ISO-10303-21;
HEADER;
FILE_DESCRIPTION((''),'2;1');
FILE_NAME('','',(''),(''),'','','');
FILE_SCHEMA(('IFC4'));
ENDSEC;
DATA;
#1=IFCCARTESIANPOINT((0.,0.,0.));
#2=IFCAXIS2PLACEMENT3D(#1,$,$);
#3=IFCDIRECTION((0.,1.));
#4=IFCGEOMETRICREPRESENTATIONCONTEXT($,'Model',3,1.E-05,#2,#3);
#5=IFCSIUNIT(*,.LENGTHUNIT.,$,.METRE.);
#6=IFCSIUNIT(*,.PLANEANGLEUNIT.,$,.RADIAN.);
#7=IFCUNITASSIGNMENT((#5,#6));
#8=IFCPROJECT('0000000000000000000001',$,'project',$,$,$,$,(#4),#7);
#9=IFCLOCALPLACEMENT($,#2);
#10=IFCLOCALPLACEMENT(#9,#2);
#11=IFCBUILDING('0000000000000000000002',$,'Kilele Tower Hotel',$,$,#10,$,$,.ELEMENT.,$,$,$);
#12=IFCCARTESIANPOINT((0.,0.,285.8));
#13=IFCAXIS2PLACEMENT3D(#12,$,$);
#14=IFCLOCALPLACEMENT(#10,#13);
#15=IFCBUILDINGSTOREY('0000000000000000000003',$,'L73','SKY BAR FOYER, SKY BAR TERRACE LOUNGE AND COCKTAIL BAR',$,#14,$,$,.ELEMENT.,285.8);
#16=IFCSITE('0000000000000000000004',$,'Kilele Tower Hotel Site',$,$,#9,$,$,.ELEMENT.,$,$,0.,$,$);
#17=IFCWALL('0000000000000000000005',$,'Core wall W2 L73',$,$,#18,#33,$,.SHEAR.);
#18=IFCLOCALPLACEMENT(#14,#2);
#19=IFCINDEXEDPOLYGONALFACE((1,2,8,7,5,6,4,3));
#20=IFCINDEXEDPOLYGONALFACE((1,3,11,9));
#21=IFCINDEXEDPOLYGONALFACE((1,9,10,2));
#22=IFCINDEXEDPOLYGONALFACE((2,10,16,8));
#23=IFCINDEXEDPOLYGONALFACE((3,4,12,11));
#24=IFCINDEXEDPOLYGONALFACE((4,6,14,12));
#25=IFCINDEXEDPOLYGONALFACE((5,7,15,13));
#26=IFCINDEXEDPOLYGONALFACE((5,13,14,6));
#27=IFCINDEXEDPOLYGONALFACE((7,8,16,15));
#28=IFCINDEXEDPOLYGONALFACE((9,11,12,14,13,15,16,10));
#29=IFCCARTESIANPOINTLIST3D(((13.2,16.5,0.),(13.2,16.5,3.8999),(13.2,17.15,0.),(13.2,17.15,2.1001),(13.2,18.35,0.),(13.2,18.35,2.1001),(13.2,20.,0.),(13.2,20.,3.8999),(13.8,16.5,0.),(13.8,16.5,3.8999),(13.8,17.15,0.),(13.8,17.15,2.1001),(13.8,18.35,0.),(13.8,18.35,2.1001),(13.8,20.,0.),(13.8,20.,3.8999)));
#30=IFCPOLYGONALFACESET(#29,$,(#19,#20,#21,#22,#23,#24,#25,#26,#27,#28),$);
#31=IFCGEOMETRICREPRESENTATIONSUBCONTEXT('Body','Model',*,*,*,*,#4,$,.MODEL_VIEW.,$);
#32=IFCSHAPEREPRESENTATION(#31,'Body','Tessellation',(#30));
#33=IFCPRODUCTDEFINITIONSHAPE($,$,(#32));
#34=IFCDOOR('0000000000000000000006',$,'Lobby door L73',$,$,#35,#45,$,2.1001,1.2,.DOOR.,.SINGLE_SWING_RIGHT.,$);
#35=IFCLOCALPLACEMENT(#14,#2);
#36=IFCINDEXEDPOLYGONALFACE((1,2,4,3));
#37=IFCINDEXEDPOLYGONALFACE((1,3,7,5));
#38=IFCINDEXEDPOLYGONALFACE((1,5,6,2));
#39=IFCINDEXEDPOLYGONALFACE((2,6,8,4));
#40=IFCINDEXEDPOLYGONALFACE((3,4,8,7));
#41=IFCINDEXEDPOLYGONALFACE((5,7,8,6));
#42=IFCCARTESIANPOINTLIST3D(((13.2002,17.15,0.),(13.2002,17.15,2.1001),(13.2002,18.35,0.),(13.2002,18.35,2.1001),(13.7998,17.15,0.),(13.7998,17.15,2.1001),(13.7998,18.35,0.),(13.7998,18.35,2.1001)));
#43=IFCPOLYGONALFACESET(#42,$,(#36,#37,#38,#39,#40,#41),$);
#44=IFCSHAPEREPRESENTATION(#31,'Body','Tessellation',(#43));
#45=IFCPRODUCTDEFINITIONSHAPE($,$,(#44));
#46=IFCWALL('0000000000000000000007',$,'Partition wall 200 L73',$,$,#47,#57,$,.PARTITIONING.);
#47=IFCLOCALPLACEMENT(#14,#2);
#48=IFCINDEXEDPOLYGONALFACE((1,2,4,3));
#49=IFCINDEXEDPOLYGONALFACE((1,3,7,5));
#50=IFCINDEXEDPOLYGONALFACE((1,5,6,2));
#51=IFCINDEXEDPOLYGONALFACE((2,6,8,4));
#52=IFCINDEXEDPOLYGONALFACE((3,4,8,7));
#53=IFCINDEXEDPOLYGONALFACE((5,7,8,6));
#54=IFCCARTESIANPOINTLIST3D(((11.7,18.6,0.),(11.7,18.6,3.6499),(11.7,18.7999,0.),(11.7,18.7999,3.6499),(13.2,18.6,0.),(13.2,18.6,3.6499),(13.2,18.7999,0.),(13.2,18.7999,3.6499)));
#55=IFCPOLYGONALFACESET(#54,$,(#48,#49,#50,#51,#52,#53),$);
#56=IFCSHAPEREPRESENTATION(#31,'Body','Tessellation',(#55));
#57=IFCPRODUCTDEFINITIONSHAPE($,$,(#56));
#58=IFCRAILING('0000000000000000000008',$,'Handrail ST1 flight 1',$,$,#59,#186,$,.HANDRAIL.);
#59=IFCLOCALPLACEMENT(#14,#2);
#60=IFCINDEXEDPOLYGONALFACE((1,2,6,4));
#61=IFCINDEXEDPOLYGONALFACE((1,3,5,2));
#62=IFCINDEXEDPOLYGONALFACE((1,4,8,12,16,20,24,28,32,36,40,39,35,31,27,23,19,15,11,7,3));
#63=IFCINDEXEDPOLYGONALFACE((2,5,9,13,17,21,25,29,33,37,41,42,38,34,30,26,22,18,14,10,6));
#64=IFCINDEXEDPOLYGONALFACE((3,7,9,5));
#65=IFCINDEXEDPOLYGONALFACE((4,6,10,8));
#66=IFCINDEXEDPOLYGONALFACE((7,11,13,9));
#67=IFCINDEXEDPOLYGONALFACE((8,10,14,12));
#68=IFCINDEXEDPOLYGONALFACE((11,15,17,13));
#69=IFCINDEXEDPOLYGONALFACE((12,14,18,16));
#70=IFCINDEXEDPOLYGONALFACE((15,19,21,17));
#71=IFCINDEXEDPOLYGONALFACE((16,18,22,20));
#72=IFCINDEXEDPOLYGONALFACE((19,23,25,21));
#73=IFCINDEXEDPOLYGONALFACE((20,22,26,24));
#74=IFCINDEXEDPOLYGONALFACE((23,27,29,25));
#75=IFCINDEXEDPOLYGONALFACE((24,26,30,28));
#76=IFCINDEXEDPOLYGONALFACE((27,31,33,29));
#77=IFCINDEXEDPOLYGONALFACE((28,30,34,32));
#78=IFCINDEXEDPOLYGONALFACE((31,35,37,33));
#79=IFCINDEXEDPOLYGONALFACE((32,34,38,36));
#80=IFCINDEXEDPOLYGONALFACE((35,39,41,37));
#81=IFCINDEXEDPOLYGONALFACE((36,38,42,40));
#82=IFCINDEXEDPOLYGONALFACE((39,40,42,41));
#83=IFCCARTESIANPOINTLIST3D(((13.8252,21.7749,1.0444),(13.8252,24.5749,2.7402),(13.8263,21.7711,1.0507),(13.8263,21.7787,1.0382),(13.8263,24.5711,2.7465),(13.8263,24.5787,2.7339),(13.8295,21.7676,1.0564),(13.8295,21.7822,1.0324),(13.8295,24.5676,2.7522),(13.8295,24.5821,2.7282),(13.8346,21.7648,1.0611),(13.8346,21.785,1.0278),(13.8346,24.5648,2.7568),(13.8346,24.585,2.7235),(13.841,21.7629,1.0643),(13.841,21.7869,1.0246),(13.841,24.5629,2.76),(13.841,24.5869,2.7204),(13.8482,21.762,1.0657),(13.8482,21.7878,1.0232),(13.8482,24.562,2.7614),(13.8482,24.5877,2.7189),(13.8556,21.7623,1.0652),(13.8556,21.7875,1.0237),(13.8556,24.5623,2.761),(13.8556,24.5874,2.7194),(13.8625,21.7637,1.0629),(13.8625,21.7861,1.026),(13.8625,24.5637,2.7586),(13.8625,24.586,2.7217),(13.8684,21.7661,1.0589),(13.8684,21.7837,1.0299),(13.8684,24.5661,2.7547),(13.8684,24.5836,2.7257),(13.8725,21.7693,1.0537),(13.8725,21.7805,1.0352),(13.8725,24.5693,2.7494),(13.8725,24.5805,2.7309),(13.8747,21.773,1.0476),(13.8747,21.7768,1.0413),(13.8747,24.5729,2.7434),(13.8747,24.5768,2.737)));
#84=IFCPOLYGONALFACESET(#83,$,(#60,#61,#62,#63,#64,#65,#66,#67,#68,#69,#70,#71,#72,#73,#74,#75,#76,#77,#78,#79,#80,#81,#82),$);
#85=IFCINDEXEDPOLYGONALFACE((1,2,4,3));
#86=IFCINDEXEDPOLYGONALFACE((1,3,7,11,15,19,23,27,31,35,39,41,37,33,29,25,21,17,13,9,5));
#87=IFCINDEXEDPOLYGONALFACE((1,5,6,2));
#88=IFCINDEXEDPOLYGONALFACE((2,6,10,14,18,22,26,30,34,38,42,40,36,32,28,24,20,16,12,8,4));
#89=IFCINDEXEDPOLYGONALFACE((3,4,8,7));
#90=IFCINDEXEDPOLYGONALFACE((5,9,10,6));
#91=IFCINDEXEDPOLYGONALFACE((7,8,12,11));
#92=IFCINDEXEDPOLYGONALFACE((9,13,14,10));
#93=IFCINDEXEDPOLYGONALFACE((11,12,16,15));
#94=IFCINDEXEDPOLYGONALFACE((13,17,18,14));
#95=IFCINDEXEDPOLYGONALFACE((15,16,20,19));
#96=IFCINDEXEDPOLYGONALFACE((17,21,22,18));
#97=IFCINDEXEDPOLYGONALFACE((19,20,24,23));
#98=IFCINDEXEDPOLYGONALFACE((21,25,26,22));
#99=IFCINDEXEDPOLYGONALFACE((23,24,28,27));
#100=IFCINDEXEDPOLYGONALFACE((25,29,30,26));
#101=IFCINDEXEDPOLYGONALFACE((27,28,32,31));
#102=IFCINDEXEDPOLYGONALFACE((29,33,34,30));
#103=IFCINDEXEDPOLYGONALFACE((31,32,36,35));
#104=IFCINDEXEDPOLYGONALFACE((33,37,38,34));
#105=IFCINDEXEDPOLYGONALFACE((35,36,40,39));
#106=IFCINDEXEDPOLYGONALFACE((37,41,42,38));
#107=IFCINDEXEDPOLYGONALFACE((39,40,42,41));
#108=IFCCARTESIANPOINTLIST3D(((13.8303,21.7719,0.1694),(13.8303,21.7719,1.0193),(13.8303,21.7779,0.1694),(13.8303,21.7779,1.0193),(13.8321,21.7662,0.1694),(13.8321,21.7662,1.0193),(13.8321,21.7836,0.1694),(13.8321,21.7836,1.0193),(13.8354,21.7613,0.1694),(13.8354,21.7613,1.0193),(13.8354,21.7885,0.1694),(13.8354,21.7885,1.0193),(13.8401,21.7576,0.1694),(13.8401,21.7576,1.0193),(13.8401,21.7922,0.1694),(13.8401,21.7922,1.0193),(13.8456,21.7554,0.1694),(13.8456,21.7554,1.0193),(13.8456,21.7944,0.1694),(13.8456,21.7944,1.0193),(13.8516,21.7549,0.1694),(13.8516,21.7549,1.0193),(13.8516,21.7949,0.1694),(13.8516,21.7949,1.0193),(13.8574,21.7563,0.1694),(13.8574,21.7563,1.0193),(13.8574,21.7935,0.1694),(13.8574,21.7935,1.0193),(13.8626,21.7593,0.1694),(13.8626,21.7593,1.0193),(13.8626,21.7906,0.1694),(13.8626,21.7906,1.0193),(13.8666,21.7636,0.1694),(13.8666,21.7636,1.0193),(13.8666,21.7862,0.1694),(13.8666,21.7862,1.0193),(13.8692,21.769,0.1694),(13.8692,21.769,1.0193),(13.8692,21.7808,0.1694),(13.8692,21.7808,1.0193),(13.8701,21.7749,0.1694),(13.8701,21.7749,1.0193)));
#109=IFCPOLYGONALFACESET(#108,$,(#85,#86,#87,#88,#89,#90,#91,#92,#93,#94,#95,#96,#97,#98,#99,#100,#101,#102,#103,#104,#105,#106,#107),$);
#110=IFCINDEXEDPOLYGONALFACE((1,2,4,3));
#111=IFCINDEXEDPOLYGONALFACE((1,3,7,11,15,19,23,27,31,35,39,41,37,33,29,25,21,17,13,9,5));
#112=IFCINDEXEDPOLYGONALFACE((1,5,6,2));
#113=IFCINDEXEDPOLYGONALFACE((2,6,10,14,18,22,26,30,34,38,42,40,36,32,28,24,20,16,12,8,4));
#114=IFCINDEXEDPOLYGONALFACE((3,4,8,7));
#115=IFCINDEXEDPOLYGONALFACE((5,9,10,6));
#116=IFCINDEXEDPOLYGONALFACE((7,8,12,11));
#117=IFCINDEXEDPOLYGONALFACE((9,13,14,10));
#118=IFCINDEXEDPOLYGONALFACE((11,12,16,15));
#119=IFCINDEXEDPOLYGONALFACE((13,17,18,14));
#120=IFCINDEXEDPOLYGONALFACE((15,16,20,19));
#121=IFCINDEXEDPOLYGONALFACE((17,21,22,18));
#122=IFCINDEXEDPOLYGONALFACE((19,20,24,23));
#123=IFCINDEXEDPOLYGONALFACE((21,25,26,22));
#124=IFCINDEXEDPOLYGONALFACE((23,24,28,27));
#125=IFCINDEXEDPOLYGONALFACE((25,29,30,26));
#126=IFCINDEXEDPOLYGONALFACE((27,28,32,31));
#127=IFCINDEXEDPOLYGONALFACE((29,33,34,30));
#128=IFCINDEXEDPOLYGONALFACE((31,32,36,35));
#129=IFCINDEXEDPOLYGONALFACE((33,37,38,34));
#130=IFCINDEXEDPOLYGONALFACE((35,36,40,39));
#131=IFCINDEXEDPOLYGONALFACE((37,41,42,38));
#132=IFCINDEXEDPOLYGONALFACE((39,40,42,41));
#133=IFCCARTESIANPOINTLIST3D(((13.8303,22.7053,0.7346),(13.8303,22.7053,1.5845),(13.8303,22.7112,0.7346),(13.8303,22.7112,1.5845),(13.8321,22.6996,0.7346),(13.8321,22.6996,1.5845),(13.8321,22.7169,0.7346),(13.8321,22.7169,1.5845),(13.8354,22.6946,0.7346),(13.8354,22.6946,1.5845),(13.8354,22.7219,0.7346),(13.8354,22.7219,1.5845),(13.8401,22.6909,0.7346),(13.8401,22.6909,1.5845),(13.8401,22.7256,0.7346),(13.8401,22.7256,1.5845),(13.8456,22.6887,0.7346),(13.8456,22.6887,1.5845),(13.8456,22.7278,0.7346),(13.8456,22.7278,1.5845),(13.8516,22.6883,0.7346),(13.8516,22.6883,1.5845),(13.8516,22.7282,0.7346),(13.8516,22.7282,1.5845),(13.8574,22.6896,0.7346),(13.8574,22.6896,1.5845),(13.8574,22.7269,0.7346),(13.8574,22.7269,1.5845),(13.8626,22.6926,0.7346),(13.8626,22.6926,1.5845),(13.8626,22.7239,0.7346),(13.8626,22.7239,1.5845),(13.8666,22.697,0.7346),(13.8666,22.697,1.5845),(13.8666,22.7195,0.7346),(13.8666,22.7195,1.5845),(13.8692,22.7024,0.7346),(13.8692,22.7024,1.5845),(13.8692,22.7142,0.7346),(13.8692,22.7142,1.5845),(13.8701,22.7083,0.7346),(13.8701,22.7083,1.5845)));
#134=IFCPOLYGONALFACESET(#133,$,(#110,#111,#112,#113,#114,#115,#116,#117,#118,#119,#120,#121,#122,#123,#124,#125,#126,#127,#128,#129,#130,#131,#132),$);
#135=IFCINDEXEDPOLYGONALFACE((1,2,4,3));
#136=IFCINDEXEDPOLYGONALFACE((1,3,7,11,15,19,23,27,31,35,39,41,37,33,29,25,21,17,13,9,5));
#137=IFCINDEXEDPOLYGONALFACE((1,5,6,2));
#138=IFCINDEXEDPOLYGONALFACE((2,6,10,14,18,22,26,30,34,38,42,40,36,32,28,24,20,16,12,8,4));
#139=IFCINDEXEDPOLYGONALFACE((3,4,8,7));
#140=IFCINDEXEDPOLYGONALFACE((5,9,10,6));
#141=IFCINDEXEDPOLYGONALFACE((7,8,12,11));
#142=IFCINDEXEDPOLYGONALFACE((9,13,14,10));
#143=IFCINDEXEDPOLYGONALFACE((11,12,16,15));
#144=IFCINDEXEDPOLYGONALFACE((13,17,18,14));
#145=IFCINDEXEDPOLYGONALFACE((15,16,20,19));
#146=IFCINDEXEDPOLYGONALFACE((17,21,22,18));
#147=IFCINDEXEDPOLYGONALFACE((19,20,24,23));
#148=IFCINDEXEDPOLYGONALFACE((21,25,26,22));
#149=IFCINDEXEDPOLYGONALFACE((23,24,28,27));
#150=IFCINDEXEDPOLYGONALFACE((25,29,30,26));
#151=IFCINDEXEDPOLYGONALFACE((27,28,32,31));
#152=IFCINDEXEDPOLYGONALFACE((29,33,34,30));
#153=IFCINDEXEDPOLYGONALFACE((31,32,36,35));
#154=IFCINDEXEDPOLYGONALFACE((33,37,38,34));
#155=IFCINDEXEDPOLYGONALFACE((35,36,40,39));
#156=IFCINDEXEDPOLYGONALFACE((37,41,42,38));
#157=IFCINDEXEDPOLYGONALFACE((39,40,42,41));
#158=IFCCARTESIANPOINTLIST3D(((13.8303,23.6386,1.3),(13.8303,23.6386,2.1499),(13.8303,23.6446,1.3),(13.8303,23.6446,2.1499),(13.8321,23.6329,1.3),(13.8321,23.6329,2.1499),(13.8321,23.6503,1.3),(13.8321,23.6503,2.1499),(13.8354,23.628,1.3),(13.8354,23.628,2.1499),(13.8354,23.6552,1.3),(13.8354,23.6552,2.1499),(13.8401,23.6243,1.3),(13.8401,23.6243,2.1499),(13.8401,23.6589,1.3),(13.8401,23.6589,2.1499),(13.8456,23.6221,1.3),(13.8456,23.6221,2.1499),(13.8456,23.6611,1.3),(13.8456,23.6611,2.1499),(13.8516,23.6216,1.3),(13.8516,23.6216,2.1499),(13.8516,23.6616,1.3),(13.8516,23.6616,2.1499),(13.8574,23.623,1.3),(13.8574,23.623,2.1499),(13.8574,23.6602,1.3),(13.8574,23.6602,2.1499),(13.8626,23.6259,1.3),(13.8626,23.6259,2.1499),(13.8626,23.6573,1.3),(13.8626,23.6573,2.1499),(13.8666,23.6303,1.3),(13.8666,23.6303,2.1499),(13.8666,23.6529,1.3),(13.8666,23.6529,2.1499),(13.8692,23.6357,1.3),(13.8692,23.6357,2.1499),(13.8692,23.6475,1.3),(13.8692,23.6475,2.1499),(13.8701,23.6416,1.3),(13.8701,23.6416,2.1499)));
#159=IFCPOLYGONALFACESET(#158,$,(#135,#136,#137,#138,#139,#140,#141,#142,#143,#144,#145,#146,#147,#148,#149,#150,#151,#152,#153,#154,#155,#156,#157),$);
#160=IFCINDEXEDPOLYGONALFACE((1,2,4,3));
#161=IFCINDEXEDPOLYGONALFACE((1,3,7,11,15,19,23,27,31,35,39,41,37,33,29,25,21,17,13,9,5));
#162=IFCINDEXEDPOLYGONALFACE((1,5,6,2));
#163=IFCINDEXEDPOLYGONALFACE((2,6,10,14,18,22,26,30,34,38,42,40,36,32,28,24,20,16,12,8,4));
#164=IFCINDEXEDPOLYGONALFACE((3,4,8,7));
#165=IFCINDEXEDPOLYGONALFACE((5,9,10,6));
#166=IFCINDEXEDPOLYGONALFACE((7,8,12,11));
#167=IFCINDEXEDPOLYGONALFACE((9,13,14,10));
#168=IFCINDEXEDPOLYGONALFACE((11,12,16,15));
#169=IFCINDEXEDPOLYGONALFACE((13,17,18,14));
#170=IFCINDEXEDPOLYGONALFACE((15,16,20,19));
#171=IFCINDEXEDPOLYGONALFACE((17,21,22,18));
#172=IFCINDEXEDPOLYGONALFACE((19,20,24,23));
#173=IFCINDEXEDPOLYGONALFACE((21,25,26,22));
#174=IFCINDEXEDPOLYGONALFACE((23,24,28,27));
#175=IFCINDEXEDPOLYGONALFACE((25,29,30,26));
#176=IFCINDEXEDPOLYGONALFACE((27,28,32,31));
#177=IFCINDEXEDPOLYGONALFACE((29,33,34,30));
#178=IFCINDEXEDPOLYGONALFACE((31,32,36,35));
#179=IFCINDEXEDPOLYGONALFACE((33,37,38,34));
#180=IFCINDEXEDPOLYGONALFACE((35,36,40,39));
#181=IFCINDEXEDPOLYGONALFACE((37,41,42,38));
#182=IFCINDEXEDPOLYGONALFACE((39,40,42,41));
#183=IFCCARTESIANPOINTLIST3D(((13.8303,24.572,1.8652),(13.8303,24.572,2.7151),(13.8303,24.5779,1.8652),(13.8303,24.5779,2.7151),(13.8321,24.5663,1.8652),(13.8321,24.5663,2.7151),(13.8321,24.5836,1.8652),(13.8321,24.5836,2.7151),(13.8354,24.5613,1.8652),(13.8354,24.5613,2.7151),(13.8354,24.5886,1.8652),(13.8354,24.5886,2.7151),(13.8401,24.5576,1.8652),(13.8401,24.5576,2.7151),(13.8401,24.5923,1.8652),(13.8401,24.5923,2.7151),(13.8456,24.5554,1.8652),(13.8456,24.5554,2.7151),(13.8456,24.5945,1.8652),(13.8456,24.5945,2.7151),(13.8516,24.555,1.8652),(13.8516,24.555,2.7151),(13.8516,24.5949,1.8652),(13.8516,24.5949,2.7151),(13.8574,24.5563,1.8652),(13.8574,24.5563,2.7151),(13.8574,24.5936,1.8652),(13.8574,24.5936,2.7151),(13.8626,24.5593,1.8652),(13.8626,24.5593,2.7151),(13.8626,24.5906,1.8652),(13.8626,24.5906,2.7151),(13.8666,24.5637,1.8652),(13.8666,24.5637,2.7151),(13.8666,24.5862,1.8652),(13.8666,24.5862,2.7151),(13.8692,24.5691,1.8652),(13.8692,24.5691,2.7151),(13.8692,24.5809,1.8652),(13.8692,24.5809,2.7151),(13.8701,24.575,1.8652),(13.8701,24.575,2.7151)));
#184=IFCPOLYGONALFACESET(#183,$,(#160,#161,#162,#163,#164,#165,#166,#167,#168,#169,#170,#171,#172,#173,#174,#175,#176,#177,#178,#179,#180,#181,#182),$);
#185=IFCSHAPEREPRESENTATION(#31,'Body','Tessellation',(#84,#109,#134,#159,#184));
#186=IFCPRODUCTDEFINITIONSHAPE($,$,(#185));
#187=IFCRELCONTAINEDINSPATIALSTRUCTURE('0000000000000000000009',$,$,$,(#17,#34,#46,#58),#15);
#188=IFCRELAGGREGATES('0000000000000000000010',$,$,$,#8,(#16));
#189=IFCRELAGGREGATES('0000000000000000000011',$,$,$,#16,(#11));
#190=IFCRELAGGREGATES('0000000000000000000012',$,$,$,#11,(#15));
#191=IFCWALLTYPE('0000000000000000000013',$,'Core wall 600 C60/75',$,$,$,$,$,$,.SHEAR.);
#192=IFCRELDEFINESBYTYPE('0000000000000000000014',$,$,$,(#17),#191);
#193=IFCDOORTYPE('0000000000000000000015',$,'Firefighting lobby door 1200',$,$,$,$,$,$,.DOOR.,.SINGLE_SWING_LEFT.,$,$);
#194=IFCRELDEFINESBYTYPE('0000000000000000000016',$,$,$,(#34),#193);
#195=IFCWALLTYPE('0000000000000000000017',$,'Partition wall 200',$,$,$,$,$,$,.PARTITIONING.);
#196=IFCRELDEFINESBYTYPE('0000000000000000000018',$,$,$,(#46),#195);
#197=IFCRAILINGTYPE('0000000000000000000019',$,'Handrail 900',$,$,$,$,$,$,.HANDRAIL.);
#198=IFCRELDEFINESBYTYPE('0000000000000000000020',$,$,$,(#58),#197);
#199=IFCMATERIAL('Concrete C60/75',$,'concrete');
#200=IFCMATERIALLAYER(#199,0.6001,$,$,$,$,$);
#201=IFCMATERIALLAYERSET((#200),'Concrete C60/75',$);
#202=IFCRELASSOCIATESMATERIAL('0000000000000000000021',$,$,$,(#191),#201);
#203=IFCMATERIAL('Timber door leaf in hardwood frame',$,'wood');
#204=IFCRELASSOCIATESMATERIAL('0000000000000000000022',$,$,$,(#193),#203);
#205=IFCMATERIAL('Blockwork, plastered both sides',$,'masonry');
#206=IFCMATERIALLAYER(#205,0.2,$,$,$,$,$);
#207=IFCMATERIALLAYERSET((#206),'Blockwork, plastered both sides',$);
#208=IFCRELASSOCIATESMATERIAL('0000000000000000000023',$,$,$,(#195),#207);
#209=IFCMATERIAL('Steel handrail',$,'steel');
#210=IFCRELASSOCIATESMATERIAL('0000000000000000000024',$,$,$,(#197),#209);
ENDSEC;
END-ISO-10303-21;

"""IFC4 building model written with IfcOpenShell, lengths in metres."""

from ifc_helpers import new_model, si_unit, direction, frame, frame_2d, origin, origin_2d, place, context, subcontext, project, spatial, rectangle, circle, extrude, material, layer, layer_set, type_object, element, fill, save


model = new_model("IFC4")

# Units and contexts
model_context = context("Model", 3, precision=1e-05, world=origin(), true_north=direction((0.0, 1.0)))
body_context = subcontext(model_context, "Body", "Model", "MODEL_VIEW")
ifc_project = project(units=[si_unit("LENGTHUNIT", "METRE"), si_unit("PLANEANGLEUNIT", "RADIAN")], contexts=[model_context])

# Site, building, storey
site_placement = place(None, origin())
site = spatial("IfcSite", under=ifc_project, at=site_placement, Name="Kilele Tower Hotel Site", CompositionType="ELEMENT", RefElevation=0.0)
building_placement = place(site_placement, origin())
building = spatial("IfcBuilding", under=site, at=building_placement, Name="Kilele Tower Hotel", CompositionType="ELEMENT")
storey_placement = place(building_placement, frame((0.0, 0.0, 285.8)))
storey = spatial("IfcBuildingStorey", under=building, at=storey_placement, Name="L73", Description="SKY BAR FOYER, SKY BAR TERRACE LOUNGE AND COCKTAIL BAR", CompositionType="ELEMENT", Elevation=285.8)

# Shared definitions
ifc_material_1 = material(Name="Concrete C60/75", Category="concrete")
ifc_layer_1 = layer(ifc_material_1, 0.6001)
ifc_layer_set_1 = layer_set([ifc_layer_1], Name="Concrete C60/75")
wall_type_1 = type_object("IfcWallType", Name="Core wall 600 C60/75", PredefinedType="SHEAR", material=ifc_layer_set_1)

# Wall, opening, door
wall_1_placement = place(storey_placement, frame((13.5, 20.0, 0.0), z_axis=(0.0, 0.0, 1.0), x_axis=(0.0, -1.0, 0.0)))
wall_1 = element("IfcWall", 1, at=wall_1_placement, inside=storey, type_object=wall_type_1, Name="Core wall W2 L73", PredefinedType="SHEAR", context=body_context, shape_type="SweptSolid", body=[
    extrude(rectangle(XDim=3.5, YDim=0.6001, at=frame_2d((1.75, 0.0))), origin(), (0.0, 0.0, 1.0), 3.8999),
])
opening_1_placement = place(wall_1_placement, frame((1.6499, 0.0, 0.0)))
opening_1 = element("IfcOpeningElement", 2, at=opening_1_placement, cuts=wall_1, PredefinedType="OPENING", context=body_context, shape_type="SweptSolid", body=[
    extrude(rectangle(XDim=1.2, YDim=2.1001, at=frame_2d((0.6001, 1.05))), frame((0.0, 0.3101, 0.0), z_axis=(0.0, -1.0, 0.0), x_axis=(1.0, 0.0, 0.0)), (0.0, 0.0, 1.0), 0.6201),
])
ifc_material_2 = material(Name="Timber door leaf in hardwood frame", Category="wood")
door_type_1 = type_object("IfcDoorType", Name="Firefighting lobby door 1200", OperationType="SINGLE_SWING_LEFT", PredefinedType="DOOR", material=ifc_material_2)
door_1_placement = place(opening_1_placement, origin())
door_1 = element("IfcDoor", 3, at=door_1_placement, inside=storey, type_object=door_type_1, Name="Lobby door L73", OperationType="SINGLE_SWING_RIGHT", OverallHeight=2.1001, OverallWidth=1.2, PredefinedType="DOOR", context=body_context, shape_type="SweptSolid", body=[
    extrude(rectangle(XDim=1.2, YDim=2.1001, at=frame_2d((0.6001, 1.05))), frame((0.0, 0.2998, 0.0), z_axis=(0.0, -1.0, 0.0), x_axis=(1.0, 0.0, 0.0)), (0.0, 0.0, 1.0), 0.5996),
])
fill(opening_1, door_1)

# Wall
ifc_material_3 = material(Name="Blockwork, plastered both sides", Category="masonry")
ifc_layer_2 = layer(ifc_material_3, 0.2)
ifc_layer_set_2 = layer_set([ifc_layer_2], Name="Blockwork, plastered both sides")
wall_type_2 = type_object("IfcWallType", Name="Partition wall 200", PredefinedType="PARTITIONING", material=ifc_layer_set_2)
wall_2_placement = place(storey_placement, frame((13.2, 18.7, 0.0), z_axis=(0.0, 0.0, 1.0), x_axis=(-1.0, 0.0, 0.0)))
element("IfcWall", 4, at=wall_2_placement, inside=storey, type_object=wall_type_2, Name="Partition wall 200 L73", PredefinedType="PARTITIONING", context=body_context, shape_type="SweptSolid", body=[
    extrude(rectangle(XDim=1.5, YDim=0.2, at=frame_2d((0.75, 0.0))), origin(), (0.0, 0.0, 1.0), 3.6499),
])

# Railing
ifc_material_4 = material(Name="Steel handrail", Category="steel")
railing_type = type_object("IfcRailingType", Name="Handrail 900", PredefinedType="HANDRAIL", material=ifc_material_4)
railing_placement = place(storey_placement, frame((13.8501, 21.7749, 0.1694)))
element("IfcRailing", 5, at=railing_placement, inside=storey, type_object=railing_type, Name="Handrail ST1 flight 1", PredefinedType="HANDRAIL", context=body_context, shape_type="SweptSolid", body=[
    extrude(circle(Radius=0.0249, at=origin_2d()), frame((0.0, 0.0, 0.875), z_axis=(0.0, 0.85536, 0.518034), x_axis=(-1.0, 0.0, 0.0)), (0.0, 0.0, 1.0), 3.2734),
    extrude(circle(Radius=0.02, at=origin_2d()), origin(), (0.0, 0.0, 1.0), 0.8499),
    extrude(circle(Radius=0.02, at=origin_2d()), frame((0.0, 0.9333, 0.5652)), (0.0, 0.0, 1.0), 0.8499),
    extrude(circle(Radius=0.02, at=origin_2d()), frame((0.0, 1.8667, 1.1306)), (0.0, 0.0, 1.0), 0.8499),
    extrude(circle(Radius=0.02, at=origin_2d()), frame((0.0, 2.8, 1.6958)), (0.0, 0.0, 1.0), 0.8499),
])

save(model, "model.ifc")
